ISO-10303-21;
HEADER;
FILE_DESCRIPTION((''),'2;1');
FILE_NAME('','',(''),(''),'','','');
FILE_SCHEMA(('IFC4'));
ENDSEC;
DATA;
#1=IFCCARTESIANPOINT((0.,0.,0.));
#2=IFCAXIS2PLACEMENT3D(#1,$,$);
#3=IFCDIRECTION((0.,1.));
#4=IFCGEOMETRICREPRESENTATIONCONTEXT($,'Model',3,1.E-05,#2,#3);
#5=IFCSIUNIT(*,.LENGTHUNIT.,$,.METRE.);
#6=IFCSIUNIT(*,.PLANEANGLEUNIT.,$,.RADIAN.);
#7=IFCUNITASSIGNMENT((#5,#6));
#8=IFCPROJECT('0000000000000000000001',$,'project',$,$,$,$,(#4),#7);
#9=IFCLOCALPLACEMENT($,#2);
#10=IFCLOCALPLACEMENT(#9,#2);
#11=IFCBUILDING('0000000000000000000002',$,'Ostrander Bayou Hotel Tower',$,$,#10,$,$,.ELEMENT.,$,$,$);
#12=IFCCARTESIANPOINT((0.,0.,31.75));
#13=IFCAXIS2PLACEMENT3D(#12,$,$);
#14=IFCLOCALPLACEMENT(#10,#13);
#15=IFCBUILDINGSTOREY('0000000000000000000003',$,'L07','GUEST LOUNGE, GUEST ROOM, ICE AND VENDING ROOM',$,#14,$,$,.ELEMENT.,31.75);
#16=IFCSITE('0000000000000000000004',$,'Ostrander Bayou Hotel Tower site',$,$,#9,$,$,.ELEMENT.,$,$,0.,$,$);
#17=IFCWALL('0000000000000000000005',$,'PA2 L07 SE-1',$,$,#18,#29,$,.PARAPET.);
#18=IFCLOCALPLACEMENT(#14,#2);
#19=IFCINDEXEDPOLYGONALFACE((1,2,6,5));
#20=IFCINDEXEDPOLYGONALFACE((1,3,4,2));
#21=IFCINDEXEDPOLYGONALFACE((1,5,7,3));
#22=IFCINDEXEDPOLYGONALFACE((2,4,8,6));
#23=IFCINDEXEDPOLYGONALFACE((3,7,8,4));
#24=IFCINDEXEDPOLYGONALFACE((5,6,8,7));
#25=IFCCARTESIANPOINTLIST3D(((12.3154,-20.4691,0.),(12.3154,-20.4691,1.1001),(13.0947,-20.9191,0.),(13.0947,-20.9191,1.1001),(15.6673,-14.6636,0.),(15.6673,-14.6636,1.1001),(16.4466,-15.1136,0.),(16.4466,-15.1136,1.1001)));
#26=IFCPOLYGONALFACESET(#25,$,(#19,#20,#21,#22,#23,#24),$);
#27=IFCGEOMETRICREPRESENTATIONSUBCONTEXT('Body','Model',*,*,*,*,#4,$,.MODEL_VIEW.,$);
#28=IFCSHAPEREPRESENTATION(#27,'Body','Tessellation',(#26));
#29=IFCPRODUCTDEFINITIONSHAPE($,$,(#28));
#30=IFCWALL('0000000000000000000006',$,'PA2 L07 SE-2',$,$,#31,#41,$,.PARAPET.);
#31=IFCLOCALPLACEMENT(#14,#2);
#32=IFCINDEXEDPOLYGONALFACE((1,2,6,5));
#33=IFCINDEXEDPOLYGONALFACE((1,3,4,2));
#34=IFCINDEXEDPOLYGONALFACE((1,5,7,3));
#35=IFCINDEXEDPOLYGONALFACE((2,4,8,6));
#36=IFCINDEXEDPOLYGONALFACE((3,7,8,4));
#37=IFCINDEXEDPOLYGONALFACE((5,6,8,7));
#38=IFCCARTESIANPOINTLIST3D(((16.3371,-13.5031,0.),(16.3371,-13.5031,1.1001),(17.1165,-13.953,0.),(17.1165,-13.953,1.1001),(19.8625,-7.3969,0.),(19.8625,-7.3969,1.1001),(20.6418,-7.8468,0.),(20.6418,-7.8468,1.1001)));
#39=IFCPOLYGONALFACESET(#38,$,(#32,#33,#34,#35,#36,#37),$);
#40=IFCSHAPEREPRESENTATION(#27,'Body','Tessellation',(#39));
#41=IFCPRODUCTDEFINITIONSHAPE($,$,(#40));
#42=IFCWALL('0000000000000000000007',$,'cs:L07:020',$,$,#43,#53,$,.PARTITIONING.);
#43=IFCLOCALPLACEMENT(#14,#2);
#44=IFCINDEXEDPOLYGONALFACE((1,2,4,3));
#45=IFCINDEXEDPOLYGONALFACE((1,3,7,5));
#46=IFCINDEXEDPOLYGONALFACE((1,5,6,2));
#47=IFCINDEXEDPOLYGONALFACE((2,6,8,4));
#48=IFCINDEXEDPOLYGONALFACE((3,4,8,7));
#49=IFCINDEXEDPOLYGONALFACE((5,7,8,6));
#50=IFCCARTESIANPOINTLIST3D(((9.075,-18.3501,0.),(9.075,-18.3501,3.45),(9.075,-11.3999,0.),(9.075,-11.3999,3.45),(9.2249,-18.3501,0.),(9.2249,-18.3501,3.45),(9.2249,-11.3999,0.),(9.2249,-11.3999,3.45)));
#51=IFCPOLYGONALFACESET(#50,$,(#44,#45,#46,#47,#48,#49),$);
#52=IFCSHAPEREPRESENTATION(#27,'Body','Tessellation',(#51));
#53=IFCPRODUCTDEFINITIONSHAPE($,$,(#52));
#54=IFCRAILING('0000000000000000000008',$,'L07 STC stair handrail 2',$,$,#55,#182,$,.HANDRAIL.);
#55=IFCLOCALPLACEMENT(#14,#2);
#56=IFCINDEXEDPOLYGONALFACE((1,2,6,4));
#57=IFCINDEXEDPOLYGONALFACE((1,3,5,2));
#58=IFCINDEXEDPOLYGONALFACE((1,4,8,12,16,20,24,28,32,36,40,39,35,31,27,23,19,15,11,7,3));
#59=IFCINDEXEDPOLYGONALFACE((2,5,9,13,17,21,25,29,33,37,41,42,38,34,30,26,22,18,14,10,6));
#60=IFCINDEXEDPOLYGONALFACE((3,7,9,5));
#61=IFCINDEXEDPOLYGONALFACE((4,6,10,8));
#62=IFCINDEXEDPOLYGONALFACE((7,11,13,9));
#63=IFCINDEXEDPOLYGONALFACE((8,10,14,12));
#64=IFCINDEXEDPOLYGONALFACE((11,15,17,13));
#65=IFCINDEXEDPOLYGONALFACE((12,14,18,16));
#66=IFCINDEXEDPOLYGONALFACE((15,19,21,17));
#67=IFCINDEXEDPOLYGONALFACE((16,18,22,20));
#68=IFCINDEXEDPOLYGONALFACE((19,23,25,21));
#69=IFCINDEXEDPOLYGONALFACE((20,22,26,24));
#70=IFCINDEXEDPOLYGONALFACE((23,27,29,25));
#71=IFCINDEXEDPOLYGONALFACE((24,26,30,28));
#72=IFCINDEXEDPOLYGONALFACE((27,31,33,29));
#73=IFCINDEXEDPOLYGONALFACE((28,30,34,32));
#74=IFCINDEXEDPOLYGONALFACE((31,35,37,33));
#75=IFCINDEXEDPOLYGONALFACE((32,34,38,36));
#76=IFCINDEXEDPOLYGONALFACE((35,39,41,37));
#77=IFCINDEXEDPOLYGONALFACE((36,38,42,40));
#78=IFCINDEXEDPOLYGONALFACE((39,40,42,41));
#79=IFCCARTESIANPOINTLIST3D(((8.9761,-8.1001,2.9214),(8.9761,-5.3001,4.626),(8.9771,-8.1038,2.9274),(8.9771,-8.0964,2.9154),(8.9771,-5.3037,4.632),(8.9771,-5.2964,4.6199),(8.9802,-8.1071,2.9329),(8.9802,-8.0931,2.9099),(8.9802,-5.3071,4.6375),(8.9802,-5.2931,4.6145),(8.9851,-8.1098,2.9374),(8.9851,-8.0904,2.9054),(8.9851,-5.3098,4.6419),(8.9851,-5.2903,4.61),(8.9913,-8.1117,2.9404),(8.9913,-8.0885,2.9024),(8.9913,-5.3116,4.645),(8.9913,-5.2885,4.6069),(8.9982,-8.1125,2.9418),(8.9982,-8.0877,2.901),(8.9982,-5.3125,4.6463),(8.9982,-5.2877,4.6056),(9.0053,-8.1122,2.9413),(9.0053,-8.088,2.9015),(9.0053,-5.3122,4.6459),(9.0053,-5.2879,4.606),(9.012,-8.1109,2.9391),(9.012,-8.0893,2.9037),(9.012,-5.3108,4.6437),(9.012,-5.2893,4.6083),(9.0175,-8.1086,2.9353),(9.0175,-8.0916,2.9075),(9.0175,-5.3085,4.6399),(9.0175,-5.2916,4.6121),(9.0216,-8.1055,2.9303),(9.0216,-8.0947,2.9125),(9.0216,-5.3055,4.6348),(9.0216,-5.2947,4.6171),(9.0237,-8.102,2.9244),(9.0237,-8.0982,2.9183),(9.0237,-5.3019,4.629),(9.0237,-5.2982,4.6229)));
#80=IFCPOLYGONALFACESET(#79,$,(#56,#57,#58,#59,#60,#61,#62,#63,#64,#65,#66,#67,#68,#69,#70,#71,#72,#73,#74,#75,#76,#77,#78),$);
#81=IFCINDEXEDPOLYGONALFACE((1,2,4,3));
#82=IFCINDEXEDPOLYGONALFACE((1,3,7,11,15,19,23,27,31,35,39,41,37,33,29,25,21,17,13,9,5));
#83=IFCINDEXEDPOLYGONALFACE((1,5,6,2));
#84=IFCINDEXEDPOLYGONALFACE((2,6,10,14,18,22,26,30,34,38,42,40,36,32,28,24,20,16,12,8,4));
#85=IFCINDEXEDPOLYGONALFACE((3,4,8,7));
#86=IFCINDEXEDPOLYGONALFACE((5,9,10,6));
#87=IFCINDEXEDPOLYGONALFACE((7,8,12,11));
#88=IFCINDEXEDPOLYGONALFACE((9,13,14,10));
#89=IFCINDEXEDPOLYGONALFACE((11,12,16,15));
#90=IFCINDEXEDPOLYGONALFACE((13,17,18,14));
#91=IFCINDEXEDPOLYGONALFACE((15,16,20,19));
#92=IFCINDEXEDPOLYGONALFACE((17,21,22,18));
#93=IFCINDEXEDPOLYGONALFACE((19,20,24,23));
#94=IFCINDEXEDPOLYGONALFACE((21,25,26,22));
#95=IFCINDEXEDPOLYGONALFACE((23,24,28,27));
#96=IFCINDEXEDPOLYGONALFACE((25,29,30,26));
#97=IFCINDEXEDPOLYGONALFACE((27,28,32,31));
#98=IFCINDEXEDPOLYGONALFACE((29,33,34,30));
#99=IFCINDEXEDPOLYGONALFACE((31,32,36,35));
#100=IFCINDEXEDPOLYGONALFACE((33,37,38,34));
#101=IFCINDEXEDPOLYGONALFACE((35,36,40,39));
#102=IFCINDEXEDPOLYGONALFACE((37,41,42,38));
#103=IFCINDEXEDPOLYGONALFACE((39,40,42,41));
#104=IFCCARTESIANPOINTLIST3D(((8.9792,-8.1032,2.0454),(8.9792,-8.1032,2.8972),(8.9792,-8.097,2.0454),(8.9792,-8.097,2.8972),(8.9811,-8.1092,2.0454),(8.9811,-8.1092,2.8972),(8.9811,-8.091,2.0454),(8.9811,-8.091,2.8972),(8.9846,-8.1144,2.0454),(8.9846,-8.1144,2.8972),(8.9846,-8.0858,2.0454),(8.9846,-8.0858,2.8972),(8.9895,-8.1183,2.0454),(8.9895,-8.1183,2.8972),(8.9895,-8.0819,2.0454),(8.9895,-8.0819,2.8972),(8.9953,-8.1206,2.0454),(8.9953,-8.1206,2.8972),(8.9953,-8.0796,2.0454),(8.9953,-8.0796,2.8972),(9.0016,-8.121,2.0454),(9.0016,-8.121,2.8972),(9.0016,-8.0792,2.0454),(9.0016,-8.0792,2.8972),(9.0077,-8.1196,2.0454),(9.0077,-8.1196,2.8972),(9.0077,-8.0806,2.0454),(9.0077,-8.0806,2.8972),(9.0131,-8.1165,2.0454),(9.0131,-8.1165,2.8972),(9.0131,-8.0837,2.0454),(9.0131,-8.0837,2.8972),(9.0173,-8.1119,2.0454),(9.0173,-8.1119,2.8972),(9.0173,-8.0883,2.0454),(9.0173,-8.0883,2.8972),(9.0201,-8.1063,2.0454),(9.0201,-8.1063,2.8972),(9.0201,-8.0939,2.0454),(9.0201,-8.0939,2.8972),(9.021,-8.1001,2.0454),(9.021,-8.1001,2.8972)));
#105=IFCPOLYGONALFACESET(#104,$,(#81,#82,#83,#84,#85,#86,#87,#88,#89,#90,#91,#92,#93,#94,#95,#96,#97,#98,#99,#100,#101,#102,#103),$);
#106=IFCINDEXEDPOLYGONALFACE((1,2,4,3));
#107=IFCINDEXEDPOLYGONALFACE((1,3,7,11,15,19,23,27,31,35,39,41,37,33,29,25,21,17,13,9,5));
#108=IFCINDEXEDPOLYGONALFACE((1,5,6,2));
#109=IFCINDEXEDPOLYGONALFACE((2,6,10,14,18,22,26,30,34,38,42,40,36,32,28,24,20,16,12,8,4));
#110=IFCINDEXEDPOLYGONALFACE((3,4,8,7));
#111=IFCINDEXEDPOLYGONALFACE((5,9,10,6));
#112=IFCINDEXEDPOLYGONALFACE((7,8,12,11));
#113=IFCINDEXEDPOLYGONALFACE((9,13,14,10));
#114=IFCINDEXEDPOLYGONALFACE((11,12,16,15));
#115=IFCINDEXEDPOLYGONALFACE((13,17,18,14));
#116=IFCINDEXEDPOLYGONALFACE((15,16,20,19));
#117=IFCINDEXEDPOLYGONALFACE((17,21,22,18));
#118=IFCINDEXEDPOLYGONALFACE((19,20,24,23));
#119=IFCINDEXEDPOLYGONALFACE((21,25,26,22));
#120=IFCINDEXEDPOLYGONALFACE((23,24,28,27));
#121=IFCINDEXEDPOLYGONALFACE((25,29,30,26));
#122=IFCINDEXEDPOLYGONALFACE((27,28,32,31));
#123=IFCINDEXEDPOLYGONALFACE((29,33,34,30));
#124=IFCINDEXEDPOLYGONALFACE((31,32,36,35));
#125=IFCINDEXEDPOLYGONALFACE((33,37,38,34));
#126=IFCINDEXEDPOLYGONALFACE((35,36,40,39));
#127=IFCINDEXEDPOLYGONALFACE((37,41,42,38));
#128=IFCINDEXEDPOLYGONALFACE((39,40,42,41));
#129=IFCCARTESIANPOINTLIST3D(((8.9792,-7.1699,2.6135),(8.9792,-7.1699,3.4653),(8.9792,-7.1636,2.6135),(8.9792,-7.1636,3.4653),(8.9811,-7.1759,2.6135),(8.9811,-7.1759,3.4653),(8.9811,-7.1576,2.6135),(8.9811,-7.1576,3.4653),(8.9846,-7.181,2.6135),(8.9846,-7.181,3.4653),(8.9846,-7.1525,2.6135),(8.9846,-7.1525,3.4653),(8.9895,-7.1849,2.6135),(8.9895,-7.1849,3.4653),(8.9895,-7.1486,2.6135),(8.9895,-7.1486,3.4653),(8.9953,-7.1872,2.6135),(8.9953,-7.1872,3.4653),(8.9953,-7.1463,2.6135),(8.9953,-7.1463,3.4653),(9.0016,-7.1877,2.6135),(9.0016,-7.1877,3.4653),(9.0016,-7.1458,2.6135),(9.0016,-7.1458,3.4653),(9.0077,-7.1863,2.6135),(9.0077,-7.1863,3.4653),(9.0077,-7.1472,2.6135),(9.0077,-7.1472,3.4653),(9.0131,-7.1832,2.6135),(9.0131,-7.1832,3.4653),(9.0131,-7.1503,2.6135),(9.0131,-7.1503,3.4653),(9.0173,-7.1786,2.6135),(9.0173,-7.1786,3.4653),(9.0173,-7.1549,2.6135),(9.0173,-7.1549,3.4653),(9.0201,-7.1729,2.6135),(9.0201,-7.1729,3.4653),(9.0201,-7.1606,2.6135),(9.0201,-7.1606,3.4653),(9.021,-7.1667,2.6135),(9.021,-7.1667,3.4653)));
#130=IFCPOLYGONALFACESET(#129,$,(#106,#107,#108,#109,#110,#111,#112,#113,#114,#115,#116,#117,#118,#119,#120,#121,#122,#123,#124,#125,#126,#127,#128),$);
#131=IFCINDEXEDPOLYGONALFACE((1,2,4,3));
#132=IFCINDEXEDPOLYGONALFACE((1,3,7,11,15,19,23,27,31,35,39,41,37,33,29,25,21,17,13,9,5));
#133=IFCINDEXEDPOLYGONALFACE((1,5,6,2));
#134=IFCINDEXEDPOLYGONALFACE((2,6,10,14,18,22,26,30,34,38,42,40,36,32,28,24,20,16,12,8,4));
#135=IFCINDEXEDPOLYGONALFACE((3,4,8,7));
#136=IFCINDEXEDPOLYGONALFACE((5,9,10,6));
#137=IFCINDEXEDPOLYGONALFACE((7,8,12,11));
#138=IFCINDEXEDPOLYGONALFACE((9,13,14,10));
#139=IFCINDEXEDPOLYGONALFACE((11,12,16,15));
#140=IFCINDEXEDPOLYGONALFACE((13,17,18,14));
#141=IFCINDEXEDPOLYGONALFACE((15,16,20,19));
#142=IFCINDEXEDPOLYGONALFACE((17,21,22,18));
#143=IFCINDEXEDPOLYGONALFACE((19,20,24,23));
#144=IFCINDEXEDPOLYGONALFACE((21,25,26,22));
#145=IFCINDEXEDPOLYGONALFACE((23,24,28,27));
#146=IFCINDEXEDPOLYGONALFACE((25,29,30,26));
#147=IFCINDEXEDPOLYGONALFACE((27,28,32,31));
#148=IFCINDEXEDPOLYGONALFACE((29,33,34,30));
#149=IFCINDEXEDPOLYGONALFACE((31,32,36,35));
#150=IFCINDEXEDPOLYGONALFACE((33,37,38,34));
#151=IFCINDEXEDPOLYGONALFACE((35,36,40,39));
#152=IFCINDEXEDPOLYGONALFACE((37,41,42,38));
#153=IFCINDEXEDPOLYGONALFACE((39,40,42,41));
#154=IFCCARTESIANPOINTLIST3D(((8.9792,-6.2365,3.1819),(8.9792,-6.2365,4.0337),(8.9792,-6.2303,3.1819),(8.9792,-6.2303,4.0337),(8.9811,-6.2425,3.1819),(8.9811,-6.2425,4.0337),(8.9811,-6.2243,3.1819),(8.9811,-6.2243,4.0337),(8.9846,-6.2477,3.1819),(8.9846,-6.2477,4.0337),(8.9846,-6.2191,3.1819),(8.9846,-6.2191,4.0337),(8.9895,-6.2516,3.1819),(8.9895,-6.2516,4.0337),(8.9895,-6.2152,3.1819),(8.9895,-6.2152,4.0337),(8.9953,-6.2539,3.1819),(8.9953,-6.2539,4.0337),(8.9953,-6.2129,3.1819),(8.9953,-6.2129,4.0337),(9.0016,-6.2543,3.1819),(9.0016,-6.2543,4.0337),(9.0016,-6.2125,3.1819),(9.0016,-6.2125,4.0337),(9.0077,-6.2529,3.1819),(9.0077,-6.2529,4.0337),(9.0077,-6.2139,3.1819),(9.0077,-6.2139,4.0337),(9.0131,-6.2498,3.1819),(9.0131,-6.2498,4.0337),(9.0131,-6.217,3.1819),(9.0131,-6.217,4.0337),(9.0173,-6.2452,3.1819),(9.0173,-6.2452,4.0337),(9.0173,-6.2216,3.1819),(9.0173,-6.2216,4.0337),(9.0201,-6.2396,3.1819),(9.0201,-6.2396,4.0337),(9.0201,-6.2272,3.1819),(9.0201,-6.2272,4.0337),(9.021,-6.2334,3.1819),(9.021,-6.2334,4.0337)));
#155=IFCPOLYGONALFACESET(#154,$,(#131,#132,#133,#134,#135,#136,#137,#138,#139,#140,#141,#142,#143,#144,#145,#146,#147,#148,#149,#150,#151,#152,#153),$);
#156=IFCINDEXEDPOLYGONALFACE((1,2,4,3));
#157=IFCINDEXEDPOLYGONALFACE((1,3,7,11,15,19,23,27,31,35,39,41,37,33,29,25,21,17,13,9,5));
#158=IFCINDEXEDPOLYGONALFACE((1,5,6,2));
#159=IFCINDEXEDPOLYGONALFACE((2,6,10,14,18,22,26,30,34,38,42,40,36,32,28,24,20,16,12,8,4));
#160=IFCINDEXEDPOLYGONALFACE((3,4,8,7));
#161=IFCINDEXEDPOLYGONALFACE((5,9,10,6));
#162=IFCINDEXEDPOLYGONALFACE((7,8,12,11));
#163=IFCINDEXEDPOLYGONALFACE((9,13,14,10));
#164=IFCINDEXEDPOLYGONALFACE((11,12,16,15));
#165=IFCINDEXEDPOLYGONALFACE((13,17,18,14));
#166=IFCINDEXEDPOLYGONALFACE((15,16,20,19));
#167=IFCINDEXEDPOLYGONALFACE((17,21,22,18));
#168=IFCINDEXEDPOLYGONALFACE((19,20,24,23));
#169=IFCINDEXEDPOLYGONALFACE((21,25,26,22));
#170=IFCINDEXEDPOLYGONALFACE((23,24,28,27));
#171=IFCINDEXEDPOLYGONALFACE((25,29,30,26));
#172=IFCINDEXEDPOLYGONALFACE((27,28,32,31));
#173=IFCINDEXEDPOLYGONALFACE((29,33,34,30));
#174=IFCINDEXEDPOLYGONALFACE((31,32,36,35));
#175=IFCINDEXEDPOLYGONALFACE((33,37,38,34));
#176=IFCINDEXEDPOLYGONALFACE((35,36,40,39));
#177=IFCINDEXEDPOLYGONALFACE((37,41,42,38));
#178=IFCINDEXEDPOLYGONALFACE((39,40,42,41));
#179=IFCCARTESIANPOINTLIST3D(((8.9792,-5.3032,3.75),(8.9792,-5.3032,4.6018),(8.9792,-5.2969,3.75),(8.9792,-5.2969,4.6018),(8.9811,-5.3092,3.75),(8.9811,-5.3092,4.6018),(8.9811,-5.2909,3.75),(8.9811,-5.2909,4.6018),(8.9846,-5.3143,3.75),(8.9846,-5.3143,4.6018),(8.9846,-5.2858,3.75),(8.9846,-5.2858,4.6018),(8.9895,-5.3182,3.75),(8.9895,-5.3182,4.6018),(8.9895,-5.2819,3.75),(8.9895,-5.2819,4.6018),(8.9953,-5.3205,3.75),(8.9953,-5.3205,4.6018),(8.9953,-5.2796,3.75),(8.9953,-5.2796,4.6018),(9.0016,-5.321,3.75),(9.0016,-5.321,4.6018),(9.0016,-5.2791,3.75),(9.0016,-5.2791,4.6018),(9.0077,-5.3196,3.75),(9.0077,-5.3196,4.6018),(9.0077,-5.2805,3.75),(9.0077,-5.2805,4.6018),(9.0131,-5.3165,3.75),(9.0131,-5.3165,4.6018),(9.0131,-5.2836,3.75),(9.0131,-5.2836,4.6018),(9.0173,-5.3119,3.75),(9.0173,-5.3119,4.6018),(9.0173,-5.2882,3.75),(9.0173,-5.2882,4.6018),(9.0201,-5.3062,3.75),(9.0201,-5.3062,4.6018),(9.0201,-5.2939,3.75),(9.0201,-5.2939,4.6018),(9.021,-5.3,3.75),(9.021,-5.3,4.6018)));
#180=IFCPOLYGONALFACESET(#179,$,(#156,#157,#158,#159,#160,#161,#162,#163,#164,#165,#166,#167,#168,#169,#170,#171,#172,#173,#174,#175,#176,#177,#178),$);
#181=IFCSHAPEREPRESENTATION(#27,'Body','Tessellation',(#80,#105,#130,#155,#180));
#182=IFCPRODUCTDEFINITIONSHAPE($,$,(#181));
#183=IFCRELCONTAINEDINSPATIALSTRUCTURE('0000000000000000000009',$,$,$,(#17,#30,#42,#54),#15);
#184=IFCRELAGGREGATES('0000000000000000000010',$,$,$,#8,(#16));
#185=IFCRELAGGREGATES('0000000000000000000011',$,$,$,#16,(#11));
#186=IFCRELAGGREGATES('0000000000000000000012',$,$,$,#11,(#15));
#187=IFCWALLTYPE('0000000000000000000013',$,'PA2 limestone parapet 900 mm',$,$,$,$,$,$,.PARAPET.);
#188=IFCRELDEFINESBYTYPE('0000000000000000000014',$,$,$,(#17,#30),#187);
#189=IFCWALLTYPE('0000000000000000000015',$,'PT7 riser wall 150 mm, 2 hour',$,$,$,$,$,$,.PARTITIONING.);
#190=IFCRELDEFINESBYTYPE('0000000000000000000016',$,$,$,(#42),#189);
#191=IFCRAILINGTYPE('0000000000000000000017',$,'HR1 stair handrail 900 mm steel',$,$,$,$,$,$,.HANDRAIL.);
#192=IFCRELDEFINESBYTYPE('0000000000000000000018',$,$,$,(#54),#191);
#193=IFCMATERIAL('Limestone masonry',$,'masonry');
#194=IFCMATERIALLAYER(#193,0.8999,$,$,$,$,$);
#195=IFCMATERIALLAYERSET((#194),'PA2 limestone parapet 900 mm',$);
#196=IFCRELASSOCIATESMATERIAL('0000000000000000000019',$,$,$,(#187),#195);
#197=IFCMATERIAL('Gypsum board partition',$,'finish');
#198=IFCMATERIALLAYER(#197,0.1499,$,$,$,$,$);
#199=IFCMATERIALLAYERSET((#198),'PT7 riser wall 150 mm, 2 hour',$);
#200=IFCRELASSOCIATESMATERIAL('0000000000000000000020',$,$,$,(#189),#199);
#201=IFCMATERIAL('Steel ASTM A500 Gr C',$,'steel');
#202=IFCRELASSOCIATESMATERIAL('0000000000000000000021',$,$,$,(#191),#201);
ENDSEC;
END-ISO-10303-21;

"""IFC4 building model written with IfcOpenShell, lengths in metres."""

from ifc_helpers import new_model, si_unit, direction, frame, frame_2d, origin, origin_2d, place, context, subcontext, project, spatial, rectangle, circle, extrude, material, layer, layer_set, type_object, element, save


model = new_model("IFC4")

# Units and contexts
model_context = context("Model", 3, precision=1e-05, world=origin(), true_north=direction((0.0, 1.0)))
body_context = subcontext(model_context, "Body", "Model", "MODEL_VIEW")
ifc_project = project(units=[si_unit("LENGTHUNIT", "METRE"), si_unit("PLANEANGLEUNIT", "RADIAN")], contexts=[model_context])

# Site, building, storey
site_placement = place(None, origin())
site = spatial("IfcSite", under=ifc_project, at=site_placement, Name="Ostrander Bayou Hotel Tower site", CompositionType="ELEMENT", RefElevation=0.0)
building_placement = place(site_placement, origin())
building = spatial("IfcBuilding", under=site, at=building_placement, Name="Ostrander Bayou Hotel Tower", CompositionType="ELEMENT")
storey_placement = place(building_placement, frame((0.0, 0.0, 31.75)))
storey = spatial("IfcBuildingStorey", under=building, at=storey_placement, Name="L07", Description="GUEST LOUNGE, GUEST ROOM, ICE AND VENDING ROOM", CompositionType="ELEMENT", Elevation=31.75)

# Walls
ifc_material_1 = material(Name="Limestone masonry", Category="masonry")
ifc_layer_1 = layer(ifc_material_1, 0.8999)
ifc_layer_set_1 = layer_set([ifc_layer_1], Name="PA2 limestone parapet 900 mm")
wall_type_1 = type_object("IfcWallType", Name="PA2 limestone parapet 900 mm", PredefinedType="PARAPET", material=ifc_layer_set_1)
wall_1_placement = place(storey_placement, frame((12.7051, -20.6941, 0.0), z_axis=(0.0, 0.0, 1.0), x_axis=(0.500005, 0.866022, 0.0)))
element("IfcWall", 1, at=wall_1_placement, inside=storey, type_object=wall_type_1, Name="PA2 L07 SE-1", PredefinedType="PARAPET", context=body_context, shape_type="SweptSolid", body=[
    extrude(rectangle(XDim=6.7036, YDim=0.8999, at=frame_2d((3.3518, 0.0))), origin(), (0.0, 0.0, 1.0), 1.1001),
])
wall_2_placement = place(storey_placement, frame((16.7268, -13.728, 0.0), z_axis=(0.0, 0.0, 1.0), x_axis=(0.499997, 0.866027, 0.0)))
element("IfcWall", 2, at=wall_2_placement, inside=storey, type_object=wall_type_1, Name="PA2 L07 SE-2", PredefinedType="PARAPET", context=body_context, shape_type="SweptSolid", body=[
    extrude(rectangle(XDim=7.0508, YDim=0.8999, at=frame_2d((3.5254, 0.0))), origin(), (0.0, 0.0, 1.0), 1.1001),
])
ifc_material_2 = material(Name="Gypsum board partition", Category="finish")
ifc_layer_2 = layer(ifc_material_2, 0.1499)
ifc_layer_set_2 = layer_set([ifc_layer_2], Name="PT7 riser wall 150 mm, 2 hour")
wall_type_2 = type_object("IfcWallType", Name="PT7 riser wall 150 mm, 2 hour", PredefinedType="PARTITIONING", material=ifc_layer_set_2)
wall_3_placement = place(storey_placement, frame((9.1499, -11.3999, 0.0), z_axis=(0.0, 0.0, 1.0), x_axis=(0.0, -1.0, 0.0)))
element("IfcWall", 3, at=wall_3_placement, inside=storey, type_object=wall_type_2, Name="cs:L07:020", PredefinedType="PARTITIONING", context=body_context, shape_type="SweptSolid", body=[
    extrude(rectangle(XDim=6.9502, YDim=0.1499, at=frame_2d((3.4751, 0.0))), origin(), (0.0, 0.0, 1.0), 3.45),
])

# Railing
ifc_material_3 = material(Name="Steel ASTM A500 Gr C", Category="steel")
railing_type = type_object("IfcRailingType", Name="HR1 stair handrail 900 mm steel", PredefinedType="HANDRAIL", material=ifc_material_3)
railing_placement = place(storey_placement, frame((9.0, -8.1001, 2.0454)))
element("IfcRailing", 4, at=railing_placement, inside=storey, type_object=railing_type, Name="L07 STC stair handrail 2", PredefinedType="HANDRAIL", context=body_context, shape_type="SweptSolid", body=[
    extrude(circle(Radius=0.0239, at=origin_2d()), frame((0.0, 0.0, 0.876), z_axis=(0.0, 0.85417, 0.519994), x_axis=(-1.0, 0.0, 0.0)), (0.0, 0.0, 1.0), 3.2781),
    extrude(circle(Radius=0.021, at=origin_2d()), origin(), (0.0, 0.0, 1.0), 0.8518),
    extrude(circle(Radius=0.021, at=origin_2d()), frame((0.0, 0.9333, 0.5681)), (0.0, 0.0, 1.0), 0.8518),
    extrude(circle(Radius=0.021, at=origin_2d()), frame((0.0, 1.8667, 1.1365)), (0.0, 0.0, 1.0), 0.8518),
    extrude(circle(Radius=0.021, at=origin_2d()), frame((0.0, 2.8, 1.7046)), (0.0, 0.0, 1.0), 0.8518),
])

save(model, "model.ifc")
